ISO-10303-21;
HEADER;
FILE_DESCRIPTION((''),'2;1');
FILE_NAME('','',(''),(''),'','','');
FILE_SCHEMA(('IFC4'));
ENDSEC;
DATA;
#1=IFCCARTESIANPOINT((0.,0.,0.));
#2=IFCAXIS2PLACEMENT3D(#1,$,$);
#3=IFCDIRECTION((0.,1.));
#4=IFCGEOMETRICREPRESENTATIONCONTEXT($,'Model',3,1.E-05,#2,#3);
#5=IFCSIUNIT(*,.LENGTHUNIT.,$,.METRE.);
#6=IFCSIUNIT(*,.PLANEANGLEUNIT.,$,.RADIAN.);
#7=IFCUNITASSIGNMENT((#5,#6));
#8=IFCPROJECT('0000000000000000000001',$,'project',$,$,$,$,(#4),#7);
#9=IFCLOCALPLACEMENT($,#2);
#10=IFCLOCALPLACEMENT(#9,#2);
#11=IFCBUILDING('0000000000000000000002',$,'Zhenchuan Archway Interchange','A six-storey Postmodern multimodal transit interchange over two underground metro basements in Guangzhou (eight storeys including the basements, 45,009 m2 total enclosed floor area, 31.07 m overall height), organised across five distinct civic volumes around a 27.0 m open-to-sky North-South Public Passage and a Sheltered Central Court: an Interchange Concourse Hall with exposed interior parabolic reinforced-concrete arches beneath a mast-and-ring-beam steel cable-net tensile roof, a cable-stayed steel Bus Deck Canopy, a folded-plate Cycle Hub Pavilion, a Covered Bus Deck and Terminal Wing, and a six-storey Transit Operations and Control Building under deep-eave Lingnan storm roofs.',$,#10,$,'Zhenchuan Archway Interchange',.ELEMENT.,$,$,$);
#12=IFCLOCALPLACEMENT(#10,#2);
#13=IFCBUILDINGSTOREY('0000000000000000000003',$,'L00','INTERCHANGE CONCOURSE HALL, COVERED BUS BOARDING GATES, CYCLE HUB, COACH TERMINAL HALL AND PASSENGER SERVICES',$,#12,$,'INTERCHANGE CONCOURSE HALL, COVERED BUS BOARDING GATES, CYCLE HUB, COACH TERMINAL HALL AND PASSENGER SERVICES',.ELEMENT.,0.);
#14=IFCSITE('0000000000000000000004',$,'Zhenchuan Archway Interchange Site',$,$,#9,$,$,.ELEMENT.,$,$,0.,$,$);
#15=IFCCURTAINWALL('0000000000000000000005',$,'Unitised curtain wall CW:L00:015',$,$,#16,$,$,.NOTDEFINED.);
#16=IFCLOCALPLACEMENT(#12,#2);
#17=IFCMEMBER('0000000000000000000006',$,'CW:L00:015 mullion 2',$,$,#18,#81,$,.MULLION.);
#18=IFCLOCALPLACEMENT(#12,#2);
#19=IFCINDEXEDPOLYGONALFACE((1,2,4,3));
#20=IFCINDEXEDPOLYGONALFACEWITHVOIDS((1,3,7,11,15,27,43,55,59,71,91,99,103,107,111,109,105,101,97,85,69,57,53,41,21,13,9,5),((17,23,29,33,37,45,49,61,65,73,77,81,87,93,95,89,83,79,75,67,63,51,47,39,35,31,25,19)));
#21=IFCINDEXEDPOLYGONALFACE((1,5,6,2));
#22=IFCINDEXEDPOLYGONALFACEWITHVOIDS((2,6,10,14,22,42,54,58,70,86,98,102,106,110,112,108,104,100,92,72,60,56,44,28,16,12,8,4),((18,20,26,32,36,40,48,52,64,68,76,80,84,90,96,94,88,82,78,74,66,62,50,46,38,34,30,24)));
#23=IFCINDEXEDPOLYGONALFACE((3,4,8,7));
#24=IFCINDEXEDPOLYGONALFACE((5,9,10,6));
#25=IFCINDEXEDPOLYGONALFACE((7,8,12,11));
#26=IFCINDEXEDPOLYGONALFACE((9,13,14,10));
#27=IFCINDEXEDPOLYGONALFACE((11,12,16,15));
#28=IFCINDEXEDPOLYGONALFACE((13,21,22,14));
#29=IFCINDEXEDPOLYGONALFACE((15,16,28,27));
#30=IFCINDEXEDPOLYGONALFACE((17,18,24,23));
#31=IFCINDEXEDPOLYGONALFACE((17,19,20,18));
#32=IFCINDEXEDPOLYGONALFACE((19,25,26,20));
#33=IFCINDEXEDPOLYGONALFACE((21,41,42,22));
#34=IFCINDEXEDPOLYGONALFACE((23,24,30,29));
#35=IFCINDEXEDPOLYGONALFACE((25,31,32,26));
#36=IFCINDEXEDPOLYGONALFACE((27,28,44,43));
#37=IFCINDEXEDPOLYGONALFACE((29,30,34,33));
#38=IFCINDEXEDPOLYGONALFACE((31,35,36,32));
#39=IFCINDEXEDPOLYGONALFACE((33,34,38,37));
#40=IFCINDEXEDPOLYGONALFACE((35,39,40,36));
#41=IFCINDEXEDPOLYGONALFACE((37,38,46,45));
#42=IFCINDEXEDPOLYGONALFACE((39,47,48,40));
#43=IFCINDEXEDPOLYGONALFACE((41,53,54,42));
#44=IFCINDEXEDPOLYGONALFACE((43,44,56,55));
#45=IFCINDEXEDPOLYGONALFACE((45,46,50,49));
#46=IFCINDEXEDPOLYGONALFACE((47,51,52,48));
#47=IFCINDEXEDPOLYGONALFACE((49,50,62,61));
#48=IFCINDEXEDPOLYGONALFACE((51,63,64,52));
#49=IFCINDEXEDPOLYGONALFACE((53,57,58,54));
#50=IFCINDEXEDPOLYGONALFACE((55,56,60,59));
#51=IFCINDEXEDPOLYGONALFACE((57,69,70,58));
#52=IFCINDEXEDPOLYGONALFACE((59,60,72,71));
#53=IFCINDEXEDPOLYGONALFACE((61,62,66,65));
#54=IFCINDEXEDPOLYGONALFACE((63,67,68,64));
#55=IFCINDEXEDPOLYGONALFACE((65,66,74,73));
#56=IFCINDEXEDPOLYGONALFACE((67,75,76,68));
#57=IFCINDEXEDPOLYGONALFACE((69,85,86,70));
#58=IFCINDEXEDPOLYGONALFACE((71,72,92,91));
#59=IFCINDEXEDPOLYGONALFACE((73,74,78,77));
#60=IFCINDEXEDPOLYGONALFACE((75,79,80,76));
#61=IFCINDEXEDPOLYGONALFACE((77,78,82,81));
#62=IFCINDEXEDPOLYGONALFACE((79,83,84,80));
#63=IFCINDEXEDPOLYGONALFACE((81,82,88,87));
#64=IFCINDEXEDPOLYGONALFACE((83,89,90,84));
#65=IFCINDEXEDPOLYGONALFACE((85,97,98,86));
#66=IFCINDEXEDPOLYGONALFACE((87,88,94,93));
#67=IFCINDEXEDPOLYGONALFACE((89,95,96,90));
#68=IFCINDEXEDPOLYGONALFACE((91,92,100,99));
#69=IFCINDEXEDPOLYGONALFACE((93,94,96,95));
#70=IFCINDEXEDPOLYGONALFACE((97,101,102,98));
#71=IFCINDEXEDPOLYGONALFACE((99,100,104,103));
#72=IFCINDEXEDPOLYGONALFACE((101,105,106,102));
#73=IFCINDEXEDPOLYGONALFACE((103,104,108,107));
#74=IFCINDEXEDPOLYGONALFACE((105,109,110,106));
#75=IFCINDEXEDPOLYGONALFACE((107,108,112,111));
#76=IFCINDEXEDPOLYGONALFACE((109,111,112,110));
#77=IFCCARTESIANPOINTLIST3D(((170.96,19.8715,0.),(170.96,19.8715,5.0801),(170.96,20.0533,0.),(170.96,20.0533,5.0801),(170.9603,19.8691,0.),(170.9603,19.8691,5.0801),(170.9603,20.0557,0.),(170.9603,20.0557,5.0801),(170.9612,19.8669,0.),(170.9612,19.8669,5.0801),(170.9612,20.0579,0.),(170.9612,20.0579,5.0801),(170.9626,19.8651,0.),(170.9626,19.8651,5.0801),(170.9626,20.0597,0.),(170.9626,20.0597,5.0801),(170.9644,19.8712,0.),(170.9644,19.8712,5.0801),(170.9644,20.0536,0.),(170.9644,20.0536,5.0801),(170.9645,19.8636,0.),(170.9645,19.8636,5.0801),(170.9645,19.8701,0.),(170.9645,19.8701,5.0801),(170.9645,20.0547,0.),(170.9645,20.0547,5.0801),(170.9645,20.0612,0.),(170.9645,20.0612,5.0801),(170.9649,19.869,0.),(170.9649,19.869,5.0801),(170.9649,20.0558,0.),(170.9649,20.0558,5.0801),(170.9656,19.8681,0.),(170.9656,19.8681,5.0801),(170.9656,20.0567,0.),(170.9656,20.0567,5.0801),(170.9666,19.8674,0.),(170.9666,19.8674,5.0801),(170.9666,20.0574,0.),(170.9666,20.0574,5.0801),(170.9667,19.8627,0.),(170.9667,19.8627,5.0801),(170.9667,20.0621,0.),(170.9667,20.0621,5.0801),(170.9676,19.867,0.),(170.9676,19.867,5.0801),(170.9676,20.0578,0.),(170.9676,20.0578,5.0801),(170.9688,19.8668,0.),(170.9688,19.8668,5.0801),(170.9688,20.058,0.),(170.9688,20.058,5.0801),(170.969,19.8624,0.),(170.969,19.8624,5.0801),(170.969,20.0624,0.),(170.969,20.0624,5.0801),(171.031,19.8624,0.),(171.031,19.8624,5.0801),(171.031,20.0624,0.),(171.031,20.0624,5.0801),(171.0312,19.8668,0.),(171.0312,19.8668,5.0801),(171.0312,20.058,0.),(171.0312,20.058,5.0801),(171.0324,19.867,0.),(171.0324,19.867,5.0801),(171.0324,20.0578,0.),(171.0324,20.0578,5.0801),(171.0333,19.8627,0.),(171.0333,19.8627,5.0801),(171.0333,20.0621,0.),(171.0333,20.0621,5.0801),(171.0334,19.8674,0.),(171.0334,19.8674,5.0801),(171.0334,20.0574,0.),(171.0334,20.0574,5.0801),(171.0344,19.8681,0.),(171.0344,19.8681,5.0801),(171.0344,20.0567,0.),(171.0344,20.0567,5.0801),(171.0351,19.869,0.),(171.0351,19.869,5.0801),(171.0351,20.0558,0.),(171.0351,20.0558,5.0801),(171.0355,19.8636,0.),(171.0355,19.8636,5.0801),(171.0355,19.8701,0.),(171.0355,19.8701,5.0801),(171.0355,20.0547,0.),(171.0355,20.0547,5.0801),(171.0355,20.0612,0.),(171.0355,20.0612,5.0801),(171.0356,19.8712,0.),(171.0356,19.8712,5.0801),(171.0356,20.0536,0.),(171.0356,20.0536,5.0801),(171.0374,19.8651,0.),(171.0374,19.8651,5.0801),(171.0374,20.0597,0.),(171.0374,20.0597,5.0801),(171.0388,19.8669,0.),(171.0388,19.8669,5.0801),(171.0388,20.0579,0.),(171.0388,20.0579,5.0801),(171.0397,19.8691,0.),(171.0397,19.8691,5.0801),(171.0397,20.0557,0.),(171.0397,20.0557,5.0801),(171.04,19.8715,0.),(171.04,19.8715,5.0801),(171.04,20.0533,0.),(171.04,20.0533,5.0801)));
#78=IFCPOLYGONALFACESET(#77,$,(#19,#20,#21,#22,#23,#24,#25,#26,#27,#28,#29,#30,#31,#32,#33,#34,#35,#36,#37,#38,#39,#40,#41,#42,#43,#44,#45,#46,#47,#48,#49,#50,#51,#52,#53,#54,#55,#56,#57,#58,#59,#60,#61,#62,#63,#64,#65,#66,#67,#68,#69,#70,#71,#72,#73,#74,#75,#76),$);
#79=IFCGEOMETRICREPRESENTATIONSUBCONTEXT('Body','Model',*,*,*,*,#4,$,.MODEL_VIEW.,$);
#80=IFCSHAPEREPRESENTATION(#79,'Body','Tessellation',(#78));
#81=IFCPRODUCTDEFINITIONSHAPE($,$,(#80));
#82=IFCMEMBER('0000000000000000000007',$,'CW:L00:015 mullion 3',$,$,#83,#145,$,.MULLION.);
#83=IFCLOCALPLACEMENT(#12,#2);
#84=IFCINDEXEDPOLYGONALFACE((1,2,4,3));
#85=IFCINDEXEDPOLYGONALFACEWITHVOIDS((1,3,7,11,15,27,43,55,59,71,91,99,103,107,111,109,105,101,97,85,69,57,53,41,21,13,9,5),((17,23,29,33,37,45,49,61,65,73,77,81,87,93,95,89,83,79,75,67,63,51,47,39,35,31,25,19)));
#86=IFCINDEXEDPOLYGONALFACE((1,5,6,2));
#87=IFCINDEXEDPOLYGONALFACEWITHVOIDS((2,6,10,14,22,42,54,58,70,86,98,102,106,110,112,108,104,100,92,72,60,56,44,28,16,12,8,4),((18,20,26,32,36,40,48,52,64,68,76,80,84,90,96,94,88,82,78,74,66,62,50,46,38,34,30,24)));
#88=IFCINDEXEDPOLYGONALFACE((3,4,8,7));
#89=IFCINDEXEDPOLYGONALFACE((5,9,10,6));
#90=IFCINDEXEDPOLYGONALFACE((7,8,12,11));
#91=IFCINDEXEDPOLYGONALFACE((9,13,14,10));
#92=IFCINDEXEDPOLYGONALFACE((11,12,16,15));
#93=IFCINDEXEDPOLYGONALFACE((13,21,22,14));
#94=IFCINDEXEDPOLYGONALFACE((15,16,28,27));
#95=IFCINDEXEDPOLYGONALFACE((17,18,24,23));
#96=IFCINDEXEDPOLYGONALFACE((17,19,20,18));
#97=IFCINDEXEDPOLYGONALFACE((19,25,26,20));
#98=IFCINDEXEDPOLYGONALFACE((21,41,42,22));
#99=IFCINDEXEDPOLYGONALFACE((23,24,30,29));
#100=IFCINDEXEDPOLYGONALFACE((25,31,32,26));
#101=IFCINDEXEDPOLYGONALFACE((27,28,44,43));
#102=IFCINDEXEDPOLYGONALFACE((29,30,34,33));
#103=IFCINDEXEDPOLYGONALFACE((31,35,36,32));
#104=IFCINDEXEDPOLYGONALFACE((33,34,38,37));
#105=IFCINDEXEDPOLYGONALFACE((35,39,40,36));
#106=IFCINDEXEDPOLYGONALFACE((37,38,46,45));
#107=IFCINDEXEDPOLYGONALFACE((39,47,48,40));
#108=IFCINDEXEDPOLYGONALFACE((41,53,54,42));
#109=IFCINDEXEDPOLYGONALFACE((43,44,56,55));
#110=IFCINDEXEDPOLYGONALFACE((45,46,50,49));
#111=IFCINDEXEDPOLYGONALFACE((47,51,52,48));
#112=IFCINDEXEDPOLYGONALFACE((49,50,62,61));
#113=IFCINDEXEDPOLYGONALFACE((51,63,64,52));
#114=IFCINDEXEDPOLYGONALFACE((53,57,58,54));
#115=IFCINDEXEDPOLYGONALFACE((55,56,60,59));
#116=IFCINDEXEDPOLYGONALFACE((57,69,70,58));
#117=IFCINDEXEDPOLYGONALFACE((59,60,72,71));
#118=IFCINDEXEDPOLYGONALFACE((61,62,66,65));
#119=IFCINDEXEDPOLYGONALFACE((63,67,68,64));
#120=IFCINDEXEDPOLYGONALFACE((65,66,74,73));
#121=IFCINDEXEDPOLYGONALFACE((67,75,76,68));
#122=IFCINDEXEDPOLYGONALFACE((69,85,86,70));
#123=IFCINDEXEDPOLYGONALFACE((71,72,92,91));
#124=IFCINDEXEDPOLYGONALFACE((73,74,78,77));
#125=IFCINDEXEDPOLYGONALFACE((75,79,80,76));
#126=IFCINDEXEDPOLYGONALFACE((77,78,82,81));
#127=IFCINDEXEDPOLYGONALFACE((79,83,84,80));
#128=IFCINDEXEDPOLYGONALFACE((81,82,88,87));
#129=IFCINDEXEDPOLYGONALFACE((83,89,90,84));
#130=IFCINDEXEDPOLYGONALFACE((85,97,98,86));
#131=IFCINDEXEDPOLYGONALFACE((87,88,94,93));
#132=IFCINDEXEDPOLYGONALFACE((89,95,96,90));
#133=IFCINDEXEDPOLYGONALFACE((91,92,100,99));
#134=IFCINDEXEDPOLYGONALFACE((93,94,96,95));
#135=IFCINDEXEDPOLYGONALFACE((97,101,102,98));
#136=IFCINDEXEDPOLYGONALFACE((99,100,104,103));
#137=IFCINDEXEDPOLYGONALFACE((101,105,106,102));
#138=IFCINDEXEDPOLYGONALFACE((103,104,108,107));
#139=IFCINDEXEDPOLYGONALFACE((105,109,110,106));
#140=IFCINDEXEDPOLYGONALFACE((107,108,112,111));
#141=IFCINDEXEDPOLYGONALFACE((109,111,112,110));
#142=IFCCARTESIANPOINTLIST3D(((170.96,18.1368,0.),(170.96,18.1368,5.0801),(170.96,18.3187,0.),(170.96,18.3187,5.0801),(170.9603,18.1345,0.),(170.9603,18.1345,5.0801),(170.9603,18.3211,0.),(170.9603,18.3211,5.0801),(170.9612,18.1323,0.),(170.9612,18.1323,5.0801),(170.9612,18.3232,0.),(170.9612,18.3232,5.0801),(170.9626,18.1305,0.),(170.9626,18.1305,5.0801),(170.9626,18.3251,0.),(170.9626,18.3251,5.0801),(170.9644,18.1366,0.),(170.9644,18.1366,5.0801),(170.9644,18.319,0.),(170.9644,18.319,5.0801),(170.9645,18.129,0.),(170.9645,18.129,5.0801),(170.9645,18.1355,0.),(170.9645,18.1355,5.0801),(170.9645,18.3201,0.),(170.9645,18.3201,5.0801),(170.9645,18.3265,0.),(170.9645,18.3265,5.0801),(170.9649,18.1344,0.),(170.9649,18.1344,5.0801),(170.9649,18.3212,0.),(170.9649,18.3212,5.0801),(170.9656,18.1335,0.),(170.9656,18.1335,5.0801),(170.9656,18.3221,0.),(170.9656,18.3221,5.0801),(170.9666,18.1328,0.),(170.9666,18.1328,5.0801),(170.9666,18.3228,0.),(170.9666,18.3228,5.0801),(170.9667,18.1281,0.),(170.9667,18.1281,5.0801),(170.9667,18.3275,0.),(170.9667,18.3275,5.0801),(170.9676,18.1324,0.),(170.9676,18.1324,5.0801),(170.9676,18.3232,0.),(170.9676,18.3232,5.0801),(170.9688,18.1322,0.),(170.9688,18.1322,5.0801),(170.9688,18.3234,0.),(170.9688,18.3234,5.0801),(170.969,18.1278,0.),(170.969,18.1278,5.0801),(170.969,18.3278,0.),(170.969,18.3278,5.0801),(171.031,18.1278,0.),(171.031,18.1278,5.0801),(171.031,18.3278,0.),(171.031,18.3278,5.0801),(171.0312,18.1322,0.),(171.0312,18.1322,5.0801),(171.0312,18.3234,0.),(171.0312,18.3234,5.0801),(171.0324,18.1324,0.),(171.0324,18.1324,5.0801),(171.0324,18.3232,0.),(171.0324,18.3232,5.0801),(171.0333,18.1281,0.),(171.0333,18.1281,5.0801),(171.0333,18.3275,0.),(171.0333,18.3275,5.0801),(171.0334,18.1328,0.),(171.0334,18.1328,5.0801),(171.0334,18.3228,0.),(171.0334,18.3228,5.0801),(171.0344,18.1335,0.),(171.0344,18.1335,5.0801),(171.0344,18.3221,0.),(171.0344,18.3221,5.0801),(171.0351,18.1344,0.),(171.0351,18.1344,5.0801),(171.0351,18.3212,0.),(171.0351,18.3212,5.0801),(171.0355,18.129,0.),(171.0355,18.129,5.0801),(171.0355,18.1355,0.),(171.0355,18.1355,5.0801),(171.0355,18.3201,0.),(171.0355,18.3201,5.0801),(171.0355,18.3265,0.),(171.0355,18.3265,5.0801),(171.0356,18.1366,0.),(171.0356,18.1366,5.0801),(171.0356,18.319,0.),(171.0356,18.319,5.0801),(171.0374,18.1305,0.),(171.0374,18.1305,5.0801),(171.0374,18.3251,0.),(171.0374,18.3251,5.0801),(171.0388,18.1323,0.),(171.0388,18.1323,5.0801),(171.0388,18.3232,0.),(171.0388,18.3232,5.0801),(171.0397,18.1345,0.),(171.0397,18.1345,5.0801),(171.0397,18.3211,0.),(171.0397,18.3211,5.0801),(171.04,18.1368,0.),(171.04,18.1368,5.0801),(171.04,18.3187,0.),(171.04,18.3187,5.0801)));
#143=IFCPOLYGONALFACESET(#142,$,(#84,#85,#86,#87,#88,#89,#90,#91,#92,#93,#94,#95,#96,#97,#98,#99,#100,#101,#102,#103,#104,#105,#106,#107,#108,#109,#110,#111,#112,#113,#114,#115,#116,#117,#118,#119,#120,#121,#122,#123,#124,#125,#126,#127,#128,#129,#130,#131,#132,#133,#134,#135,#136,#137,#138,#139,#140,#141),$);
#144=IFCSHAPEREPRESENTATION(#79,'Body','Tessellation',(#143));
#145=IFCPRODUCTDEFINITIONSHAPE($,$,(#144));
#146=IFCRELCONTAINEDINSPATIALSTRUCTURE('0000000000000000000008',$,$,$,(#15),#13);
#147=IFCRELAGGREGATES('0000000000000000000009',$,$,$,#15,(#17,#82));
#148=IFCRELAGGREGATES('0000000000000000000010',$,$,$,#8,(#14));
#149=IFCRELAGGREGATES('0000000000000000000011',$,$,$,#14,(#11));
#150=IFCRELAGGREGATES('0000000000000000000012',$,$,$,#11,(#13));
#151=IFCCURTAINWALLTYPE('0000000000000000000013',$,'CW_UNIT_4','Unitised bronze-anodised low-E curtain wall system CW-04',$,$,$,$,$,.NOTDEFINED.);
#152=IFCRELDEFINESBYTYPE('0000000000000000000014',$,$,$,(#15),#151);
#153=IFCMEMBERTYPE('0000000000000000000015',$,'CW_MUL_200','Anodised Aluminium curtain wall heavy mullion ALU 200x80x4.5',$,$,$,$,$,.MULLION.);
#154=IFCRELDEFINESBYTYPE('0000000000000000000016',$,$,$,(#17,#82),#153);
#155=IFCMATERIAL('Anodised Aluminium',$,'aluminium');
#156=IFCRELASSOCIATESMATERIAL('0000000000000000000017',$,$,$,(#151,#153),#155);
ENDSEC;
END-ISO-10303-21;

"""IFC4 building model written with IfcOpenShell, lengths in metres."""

from ifc_helpers import new_model, si_unit, direction, frame, origin, origin_2d, place, context, subcontext, project, spatial, hollow_rectangle, extrude, material, material_profile, profile_set, type_object, element, aggregate, save


model = new_model("IFC4")

# Units and contexts
model_context = context("Model", 3, precision=1e-05, world=origin(), true_north=direction((0.0, 1.0)))
body_context = subcontext(model_context, "Body", "Model", "MODEL_VIEW")
ifc_project = project(units=[si_unit("LENGTHUNIT", "METRE"), si_unit("PLANEANGLEUNIT", "RADIAN")], contexts=[model_context])

# Site, building, storey
site_placement = place(None, origin())
site = spatial("IfcSite", under=ifc_project, at=site_placement, Name="Zhenchuan Archway Interchange Site", CompositionType="ELEMENT", RefElevation=0.0)
building_placement = place(site_placement, origin())
building = spatial("IfcBuilding", under=site, at=building_placement, Name="Zhenchuan Archway Interchange", Description="A six-storey Postmodern multimodal transit interchange over two underground metro basements in Guangzhou (eight storeys including the basements, 45,009 m2 total enclosed floor area, 31.07 m overall height), organised across five distinct civic volumes around a 27.0 m open-to-sky North-South Public Passage and a Sheltered Central Court: an Interchange Concourse Hall with exposed interior parabolic reinforced-concrete arches beneath a mast-and-ring-beam steel cable-net tensile roof, a cable-stayed steel Bus Deck Canopy, a folded-plate Cycle Hub Pavilion, a Covered Bus Deck and Terminal Wing, and a six-storey Transit Operations and Control Building under deep-eave Lingnan storm roofs.", LongName="Zhenchuan Archway Interchange", CompositionType="ELEMENT")
storey_placement = place(building_placement, origin())
storey = spatial("IfcBuildingStorey", under=building, at=storey_placement, Name="L00", Description="INTERCHANGE CONCOURSE HALL, COVERED BUS BOARDING GATES, CYCLE HUB, COACH TERMINAL HALL AND PASSENGER SERVICES", LongName="INTERCHANGE CONCOURSE HALL, COVERED BUS BOARDING GATES, CYCLE HUB, COACH TERMINAL HALL AND PASSENGER SERVICES", CompositionType="ELEMENT", Elevation=0.0)

# Curtain wall, members
ifc_material_1 = material(Name="Anodised Aluminium", Category="aluminium")
curtain_wall_type = type_object("IfcCurtainWallType", Name="CW_UNIT_4", Description="Unitised bronze-anodised low-E curtain wall system CW-04", PredefinedType="NOTDEFINED", material=ifc_material_1)
curtain_wall_placement = place(storey_placement, origin())
curtain_wall = element("IfcCurtainWall", 1, at=curtain_wall_placement, inside=storey, type_object=curtain_wall_type, Name="Unitised curtain wall CW:L00:015", PredefinedType="NOTDEFINED")
ifc_material_profile_1 = material_profile(ifc_material_1, hollow_rectangle(XDim=0.0801, YDim=0.2, WallThickness=0.0044, InnerFilletRadius=0.0044, OuterFilletRadius=0.009, at=origin_2d()), Name="ALU 200x80x4.5")
ifc_profile_set_1 = profile_set([ifc_material_profile_1], Name="Anodised Aluminium")
member_type_1 = type_object("IfcMemberType", Name="CW_MUL_200", Description="Anodised Aluminium curtain wall heavy mullion ALU 200x80x4.5", PredefinedType="MULLION", material=ifc_profile_set_1)
member_1_placement = place(storey_placement, frame((171.0, 19.9624, 0.0), z_axis=(0.0, 0.0, 1.0), x_axis=(1.0, 0.0, 0.0)))
member_1 = element("IfcMember", 2, at=member_1_placement, type_object=member_type_1, Name="CW:L00:015 mullion 2", PredefinedType="MULLION", context=body_context, shape_type="SweptSolid", body=[
    extrude(hollow_rectangle(XDim=0.0801, YDim=0.2, WallThickness=0.0044, InnerFilletRadius=0.0044, OuterFilletRadius=0.009, at=origin_2d()), origin(), (0.0, 0.0, 1.0), 5.0801),
])
member_2_placement = place(storey_placement, frame((171.0, 18.2278, 0.0), z_axis=(0.0, 0.0, 1.0), x_axis=(1.0, 0.0, 0.0)))
member_2 = element("IfcMember", 3, at=member_2_placement, type_object=member_type_1, Name="CW:L00:015 mullion 3", PredefinedType="MULLION", context=body_context, shape_type="SweptSolid", body=[
    extrude(hollow_rectangle(XDim=0.0801, YDim=0.2, WallThickness=0.0044, InnerFilletRadius=0.0044, OuterFilletRadius=0.009, at=origin_2d()), origin(), (0.0, 0.0, 1.0), 5.0801),
])
aggregate(curtain_wall, [member_1, member_2])

save(model, "model.ifc")
